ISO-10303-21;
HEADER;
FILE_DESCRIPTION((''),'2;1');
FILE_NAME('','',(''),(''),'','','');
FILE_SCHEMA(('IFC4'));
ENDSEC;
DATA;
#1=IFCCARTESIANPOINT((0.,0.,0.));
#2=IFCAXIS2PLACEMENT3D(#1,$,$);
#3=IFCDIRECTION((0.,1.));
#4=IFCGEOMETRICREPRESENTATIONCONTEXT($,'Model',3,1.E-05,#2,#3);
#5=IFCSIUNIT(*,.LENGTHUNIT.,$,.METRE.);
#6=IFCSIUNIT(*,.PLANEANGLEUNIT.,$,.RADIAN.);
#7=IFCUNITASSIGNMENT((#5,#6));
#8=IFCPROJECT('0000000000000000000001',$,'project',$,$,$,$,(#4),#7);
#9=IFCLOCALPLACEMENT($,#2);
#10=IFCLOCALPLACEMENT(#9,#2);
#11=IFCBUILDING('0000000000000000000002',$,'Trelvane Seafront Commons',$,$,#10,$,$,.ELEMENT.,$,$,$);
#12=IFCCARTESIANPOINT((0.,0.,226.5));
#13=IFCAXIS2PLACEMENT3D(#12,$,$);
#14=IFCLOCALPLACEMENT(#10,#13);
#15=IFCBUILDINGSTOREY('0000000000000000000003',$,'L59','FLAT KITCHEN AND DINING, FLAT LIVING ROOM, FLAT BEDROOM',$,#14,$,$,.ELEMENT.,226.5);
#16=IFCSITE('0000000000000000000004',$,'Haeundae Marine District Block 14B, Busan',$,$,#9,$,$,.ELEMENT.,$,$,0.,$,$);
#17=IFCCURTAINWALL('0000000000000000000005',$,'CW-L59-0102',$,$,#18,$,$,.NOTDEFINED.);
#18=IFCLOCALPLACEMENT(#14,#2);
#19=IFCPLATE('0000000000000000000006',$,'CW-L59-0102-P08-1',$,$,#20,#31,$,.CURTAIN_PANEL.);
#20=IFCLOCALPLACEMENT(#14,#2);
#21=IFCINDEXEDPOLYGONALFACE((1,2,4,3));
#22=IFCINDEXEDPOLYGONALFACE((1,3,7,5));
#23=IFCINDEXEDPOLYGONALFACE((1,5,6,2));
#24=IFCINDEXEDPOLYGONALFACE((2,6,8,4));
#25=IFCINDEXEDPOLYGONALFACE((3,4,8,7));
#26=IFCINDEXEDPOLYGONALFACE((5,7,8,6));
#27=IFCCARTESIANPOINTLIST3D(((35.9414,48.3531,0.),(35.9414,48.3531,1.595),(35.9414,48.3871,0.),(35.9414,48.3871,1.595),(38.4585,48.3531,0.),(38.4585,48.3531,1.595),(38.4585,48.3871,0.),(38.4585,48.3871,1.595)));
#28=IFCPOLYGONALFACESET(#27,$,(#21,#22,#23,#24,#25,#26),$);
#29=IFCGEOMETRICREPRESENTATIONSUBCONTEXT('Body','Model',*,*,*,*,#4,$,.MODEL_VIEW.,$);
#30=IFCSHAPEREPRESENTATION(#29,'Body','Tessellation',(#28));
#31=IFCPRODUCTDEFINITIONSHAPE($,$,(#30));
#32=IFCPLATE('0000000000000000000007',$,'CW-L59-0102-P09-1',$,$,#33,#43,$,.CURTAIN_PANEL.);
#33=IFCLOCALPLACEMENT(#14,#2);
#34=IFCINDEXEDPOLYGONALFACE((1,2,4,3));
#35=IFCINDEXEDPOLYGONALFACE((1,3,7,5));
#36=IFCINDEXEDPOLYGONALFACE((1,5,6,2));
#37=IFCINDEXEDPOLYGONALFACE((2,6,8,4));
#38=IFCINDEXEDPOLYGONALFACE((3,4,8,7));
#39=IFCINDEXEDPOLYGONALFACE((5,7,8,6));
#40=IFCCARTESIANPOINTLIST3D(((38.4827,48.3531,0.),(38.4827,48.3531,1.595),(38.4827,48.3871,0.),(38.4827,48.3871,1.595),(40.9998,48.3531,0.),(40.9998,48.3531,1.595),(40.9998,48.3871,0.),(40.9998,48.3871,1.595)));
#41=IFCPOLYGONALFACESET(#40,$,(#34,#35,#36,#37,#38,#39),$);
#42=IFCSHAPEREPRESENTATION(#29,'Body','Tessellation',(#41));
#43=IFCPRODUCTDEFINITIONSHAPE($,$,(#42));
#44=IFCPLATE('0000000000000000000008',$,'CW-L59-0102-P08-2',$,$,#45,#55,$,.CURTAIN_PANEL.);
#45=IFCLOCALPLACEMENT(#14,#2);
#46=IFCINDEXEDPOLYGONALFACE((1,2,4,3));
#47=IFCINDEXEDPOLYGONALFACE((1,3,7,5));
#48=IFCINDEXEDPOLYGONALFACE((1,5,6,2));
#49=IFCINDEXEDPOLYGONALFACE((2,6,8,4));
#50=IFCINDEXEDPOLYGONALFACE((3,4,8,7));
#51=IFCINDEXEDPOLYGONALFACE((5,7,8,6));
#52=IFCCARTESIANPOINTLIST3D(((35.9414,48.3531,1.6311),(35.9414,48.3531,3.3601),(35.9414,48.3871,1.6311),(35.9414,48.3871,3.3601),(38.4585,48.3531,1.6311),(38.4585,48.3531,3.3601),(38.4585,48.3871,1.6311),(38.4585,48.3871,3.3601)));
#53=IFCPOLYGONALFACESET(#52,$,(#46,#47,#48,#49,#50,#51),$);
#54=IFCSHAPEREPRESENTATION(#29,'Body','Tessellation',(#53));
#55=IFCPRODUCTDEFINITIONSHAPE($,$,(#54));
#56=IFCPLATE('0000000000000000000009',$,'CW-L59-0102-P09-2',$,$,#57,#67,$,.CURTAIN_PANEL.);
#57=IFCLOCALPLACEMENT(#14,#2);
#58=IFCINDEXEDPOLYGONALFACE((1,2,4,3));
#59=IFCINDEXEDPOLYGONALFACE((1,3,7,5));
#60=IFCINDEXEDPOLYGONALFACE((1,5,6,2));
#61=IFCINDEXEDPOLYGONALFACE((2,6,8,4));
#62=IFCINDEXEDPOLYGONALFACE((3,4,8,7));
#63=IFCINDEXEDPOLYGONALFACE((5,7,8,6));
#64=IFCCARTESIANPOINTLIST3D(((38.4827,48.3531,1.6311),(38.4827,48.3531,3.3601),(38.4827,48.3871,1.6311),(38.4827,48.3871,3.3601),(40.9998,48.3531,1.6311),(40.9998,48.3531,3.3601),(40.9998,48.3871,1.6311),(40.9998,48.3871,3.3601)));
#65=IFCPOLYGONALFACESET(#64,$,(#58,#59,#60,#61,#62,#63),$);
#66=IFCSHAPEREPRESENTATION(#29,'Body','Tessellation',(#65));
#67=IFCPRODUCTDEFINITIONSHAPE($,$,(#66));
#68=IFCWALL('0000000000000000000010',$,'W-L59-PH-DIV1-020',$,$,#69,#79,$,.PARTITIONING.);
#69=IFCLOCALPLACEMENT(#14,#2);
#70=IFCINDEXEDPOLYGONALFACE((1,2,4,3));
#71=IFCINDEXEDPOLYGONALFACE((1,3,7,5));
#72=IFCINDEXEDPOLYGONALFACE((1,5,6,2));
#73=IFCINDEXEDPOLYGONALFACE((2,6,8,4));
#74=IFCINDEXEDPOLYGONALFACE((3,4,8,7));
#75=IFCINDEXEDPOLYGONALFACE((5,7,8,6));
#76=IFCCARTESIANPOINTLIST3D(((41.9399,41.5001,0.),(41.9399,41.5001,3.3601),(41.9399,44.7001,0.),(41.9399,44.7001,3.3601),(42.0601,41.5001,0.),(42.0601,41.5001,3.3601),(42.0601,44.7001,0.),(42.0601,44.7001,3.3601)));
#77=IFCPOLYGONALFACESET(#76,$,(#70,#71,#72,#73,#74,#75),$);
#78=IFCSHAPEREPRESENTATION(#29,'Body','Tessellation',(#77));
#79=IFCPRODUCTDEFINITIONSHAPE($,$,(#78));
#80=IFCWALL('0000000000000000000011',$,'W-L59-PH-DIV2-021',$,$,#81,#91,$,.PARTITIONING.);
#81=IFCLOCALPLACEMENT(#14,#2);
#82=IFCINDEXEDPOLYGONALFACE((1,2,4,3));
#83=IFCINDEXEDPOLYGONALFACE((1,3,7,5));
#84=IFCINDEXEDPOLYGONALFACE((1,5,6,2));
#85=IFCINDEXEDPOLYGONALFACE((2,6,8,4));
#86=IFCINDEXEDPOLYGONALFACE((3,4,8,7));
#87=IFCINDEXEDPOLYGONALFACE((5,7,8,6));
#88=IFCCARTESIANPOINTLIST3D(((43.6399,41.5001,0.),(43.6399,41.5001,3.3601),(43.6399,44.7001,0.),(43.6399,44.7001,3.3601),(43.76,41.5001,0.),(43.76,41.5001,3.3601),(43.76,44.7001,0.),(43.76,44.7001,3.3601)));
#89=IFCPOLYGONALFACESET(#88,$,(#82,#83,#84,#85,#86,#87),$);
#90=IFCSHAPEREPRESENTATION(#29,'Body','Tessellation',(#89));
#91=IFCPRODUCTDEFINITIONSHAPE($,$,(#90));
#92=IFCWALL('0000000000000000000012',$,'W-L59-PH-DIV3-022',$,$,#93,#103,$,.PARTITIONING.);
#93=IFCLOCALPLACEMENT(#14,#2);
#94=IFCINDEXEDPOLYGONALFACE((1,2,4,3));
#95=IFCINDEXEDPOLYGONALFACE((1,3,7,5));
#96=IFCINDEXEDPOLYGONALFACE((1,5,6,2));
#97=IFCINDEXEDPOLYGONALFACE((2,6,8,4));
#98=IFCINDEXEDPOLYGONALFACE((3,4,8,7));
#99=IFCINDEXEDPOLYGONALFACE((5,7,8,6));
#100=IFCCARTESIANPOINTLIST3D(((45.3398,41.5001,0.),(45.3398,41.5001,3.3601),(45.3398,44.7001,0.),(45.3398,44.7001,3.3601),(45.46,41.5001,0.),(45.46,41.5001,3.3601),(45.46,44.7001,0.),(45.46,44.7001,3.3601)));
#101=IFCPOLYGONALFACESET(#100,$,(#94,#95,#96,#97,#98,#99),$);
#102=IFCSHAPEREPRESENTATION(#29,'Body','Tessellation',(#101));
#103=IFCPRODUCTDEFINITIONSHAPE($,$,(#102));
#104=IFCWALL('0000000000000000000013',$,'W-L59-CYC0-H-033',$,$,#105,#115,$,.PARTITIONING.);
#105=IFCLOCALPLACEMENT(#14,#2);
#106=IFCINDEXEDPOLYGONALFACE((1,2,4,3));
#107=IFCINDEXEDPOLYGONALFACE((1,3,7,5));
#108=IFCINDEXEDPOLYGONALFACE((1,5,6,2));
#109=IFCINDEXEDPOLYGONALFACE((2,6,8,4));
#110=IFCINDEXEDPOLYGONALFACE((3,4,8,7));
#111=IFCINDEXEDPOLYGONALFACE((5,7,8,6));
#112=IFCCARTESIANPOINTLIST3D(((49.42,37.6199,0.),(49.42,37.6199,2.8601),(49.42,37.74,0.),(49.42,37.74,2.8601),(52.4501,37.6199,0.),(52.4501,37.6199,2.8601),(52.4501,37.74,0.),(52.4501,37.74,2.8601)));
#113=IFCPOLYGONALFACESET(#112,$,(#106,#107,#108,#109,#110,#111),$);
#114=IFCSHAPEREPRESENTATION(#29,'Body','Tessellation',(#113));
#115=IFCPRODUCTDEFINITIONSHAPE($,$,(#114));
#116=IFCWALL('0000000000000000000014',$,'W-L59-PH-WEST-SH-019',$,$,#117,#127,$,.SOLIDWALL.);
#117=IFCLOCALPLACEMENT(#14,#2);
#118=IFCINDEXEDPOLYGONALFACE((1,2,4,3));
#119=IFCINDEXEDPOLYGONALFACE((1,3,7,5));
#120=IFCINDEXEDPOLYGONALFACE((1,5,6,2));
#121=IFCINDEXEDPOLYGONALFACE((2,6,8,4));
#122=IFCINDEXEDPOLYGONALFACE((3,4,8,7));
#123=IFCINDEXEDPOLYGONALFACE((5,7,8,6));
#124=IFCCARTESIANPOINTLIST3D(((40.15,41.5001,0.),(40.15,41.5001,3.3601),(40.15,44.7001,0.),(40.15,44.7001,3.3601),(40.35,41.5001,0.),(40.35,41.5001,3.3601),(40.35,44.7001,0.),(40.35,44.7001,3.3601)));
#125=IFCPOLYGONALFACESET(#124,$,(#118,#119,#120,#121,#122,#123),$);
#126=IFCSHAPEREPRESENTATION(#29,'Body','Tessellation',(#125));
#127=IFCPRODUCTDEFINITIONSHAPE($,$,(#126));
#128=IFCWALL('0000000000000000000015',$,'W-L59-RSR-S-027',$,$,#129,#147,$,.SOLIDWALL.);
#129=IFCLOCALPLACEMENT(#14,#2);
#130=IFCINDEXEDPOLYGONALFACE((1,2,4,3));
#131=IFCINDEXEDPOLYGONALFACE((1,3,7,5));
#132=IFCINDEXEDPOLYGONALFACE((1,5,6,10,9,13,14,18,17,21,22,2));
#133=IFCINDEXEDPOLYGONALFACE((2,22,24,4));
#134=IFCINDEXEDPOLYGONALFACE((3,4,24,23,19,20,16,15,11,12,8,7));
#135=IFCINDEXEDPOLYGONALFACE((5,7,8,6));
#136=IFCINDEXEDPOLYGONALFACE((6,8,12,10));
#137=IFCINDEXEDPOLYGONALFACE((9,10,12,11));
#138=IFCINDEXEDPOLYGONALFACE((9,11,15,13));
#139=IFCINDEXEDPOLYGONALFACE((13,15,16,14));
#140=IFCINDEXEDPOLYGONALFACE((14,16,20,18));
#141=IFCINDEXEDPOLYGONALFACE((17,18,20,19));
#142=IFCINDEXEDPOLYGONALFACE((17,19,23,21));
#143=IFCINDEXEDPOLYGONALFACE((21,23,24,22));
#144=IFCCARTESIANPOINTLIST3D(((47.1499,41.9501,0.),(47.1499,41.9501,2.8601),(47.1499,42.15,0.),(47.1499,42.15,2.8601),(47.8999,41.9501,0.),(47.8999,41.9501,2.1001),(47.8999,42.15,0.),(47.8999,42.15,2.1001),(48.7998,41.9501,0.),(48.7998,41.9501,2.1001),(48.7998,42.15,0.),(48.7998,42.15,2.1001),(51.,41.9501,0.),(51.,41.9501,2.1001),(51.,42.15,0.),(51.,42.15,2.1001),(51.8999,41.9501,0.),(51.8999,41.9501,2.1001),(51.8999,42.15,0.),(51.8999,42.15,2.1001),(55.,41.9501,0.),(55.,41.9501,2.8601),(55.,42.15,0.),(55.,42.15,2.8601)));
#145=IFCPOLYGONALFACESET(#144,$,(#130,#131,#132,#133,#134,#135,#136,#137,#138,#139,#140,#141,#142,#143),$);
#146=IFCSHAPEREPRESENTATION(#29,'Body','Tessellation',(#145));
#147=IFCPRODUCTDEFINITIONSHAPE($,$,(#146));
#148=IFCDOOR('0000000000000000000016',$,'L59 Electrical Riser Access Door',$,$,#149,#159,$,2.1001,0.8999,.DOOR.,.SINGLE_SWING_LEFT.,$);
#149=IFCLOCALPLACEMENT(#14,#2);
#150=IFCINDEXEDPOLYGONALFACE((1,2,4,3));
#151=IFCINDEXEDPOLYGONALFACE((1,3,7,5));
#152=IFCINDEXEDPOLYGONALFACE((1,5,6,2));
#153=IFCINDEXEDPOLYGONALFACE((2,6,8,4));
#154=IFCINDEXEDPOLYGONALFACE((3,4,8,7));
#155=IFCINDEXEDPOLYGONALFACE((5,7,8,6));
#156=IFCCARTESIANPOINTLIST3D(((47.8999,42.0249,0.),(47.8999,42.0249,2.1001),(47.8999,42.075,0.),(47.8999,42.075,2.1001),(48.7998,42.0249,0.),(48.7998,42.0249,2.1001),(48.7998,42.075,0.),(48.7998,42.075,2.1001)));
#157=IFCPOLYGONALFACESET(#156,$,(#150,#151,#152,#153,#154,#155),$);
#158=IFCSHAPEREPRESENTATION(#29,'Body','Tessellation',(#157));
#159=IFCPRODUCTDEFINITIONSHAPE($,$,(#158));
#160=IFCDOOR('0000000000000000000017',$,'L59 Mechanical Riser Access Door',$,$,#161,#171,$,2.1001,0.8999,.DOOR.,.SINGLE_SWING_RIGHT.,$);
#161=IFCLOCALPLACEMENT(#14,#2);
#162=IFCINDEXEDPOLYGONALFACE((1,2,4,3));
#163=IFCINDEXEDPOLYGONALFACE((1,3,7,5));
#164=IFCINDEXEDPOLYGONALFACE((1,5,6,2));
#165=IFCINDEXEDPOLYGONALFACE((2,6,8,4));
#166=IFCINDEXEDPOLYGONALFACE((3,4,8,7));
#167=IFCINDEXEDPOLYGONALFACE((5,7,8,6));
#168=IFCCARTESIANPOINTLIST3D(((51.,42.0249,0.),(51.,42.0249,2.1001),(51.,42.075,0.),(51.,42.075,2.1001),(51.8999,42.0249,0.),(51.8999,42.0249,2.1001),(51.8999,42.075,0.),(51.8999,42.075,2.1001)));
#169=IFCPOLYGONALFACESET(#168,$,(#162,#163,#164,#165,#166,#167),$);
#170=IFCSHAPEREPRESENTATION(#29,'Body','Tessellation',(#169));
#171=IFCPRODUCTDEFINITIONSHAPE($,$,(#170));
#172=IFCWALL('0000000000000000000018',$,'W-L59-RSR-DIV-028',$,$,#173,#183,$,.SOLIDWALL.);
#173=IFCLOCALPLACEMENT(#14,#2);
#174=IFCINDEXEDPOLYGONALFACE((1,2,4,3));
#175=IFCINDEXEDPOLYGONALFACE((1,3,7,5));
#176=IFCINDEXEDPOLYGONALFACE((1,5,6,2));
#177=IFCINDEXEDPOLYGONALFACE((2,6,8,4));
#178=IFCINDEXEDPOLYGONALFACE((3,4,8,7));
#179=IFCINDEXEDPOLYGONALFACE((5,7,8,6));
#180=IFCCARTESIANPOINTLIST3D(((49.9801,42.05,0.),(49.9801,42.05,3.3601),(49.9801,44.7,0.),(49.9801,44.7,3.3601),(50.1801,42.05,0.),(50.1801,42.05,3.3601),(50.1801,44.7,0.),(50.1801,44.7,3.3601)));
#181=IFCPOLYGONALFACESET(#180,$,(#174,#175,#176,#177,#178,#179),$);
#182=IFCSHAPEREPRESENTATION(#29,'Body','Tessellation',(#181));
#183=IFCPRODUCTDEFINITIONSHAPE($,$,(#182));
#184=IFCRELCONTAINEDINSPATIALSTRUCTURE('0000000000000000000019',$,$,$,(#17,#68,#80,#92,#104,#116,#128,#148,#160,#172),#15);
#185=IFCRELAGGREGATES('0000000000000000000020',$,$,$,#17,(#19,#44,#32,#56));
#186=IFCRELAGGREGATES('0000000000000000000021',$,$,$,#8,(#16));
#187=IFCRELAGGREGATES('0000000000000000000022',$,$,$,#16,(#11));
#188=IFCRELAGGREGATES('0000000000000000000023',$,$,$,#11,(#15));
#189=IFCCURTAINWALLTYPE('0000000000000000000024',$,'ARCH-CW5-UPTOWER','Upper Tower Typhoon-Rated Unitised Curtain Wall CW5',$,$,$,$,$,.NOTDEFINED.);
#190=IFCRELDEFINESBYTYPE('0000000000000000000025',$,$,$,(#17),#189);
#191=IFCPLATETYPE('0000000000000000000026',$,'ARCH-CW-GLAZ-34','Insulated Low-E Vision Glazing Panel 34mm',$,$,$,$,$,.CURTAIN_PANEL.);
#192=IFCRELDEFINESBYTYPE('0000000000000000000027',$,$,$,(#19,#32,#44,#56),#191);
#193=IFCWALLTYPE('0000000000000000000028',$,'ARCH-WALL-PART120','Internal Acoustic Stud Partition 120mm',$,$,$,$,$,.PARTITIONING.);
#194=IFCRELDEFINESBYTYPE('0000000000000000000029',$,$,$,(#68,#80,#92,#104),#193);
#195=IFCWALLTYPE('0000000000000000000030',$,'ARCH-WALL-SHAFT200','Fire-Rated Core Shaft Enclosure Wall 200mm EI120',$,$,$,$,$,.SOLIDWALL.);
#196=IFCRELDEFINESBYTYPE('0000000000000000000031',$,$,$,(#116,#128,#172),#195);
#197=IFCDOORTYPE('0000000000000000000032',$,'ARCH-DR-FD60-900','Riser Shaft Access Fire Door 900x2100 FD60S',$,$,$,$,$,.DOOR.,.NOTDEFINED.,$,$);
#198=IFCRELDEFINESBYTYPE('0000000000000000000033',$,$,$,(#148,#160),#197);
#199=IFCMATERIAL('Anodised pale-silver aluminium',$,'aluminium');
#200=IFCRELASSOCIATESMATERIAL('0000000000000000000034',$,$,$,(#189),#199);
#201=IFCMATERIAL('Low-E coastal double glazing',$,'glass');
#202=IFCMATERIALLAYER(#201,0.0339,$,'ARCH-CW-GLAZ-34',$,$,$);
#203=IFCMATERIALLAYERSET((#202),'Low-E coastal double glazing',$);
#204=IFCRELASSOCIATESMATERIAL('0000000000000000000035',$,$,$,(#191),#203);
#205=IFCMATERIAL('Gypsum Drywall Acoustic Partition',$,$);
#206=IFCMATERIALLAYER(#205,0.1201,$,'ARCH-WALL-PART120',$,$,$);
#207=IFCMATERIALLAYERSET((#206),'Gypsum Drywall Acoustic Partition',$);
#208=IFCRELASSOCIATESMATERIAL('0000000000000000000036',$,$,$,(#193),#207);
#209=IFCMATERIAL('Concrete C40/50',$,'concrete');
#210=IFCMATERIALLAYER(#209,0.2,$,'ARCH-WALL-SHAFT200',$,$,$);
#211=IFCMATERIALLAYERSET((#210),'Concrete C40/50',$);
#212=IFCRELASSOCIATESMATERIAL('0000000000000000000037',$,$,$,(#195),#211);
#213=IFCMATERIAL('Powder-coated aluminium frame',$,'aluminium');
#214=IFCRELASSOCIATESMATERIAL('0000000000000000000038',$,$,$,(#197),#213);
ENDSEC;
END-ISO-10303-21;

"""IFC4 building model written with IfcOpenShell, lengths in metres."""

from ifc_helpers import new_model, si_unit, direction, frame, frame_2d, origin, origin_2d, place, context, subcontext, project, spatial, rectangle, extrude, source, transform, mapped, material, layer, layer_set, type_object, element, fill, aggregate, save


model = new_model("IFC4")

# Units and contexts
model_context = context("Model", 3, precision=1e-05, world=origin(), true_north=direction((0.0, 1.0)))
body_context = subcontext(model_context, "Body", "Model", "MODEL_VIEW")
ifc_project = project(units=[si_unit("LENGTHUNIT", "METRE"), si_unit("PLANEANGLEUNIT", "RADIAN")], contexts=[model_context])

# Site, building, storey
site_placement = place(None, origin())
site = spatial("IfcSite", under=ifc_project, at=site_placement, Name="Haeundae Marine District Block 14B, Busan", CompositionType="ELEMENT", RefElevation=0.0)
building_placement = place(site_placement, origin())
building = spatial("IfcBuilding", under=site, at=building_placement, Name="Trelvane Seafront Commons", CompositionType="ELEMENT")
storey_placement = place(building_placement, frame((0.0, 0.0, 226.5)))
storey = spatial("IfcBuildingStorey", under=building, at=storey_placement, Name="L59", Description="FLAT KITCHEN AND DINING, FLAT LIVING ROOM, FLAT BEDROOM", CompositionType="ELEMENT", Elevation=226.5)

# Curtain wall, plates
ifc_material_1 = material(Name="Anodised pale-silver aluminium", Category="aluminium")
curtain_wall_type = type_object("IfcCurtainWallType", Name="ARCH-CW5-UPTOWER", Description="Upper Tower Typhoon-Rated Unitised Curtain Wall CW5", PredefinedType="NOTDEFINED", material=ifc_material_1)
curtain_wall_placement = place(storey_placement, origin())
curtain_wall = element("IfcCurtainWall", 1, at=curtain_wall_placement, inside=storey, type_object=curtain_wall_type, Name="CW-L59-0102", PredefinedType="NOTDEFINED")
ifc_material_2 = material(Name="Low-E coastal double glazing", Category="glass")
ifc_layer_1 = layer(ifc_material_2, 0.0339, Name="ARCH-CW-GLAZ-34")
ifc_layer_set_1 = layer_set([ifc_layer_1], Name="Low-E coastal double glazing")
plate_type = type_object("IfcPlateType", Name="ARCH-CW-GLAZ-34", Description="Insulated Low-E Vision Glazing Panel 34mm", PredefinedType="CURTAIN_PANEL", material=ifc_layer_set_1)
shared_shape_1 = source(origin(), body_context, "Body", "SweptSolid", [
    extrude(rectangle(XDim=2.5171, YDim=0.0339, at=origin_2d()), origin(), (0.0, 0.0, 1.0), 1.595),
])
plate_1_placement = place(storey_placement, frame((37.2, 48.3701, 0.0), z_axis=(0.0, 0.0, 1.0), x_axis=(1.0, 0.0, 0.0)))
plate_1 = element("IfcPlate", 2, at=plate_1_placement, type_object=plate_type, Name="CW-L59-0102-P08-1", PredefinedType="CURTAIN_PANEL", context=body_context, shape_type="MappedRepresentation", body=[
    mapped(shared_shape_1, transform((0.0, 0.0, 0.0), x_axis=(1.0, 0.0, 0.0), y_axis=(0.0, 1.0, 0.0), z_axis=(0.0, 0.0, 1.0), scale=1.0)),
])
plate_2_placement = place(storey_placement, frame((39.7412, 48.3701, 0.0), z_axis=(0.0, 0.0, 1.0), x_axis=(1.0, 0.0, 0.0)))
plate_2 = element("IfcPlate", 3, at=plate_2_placement, type_object=plate_type, Name="CW-L59-0102-P09-1", PredefinedType="CURTAIN_PANEL", context=body_context, shape_type="MappedRepresentation", body=[
    mapped(shared_shape_1, transform((0.0, 0.0, 0.0), x_axis=(1.0, 0.0, 0.0), y_axis=(0.0, 1.0, 0.0), z_axis=(0.0, 0.0, 1.0), scale=1.0)),
])
shared_shape_2 = source(origin(), body_context, "Body", "SweptSolid", [
    extrude(rectangle(XDim=2.5171, YDim=0.0339, at=origin_2d()), origin(), (0.0, 0.0, 1.0), 1.729),
])
plate_3_placement = place(storey_placement, frame((37.2, 48.3701, 1.6311), z_axis=(0.0, 0.0, 1.0), x_axis=(1.0, 0.0, 0.0)))
plate_3 = element("IfcPlate", 4, at=plate_3_placement, type_object=plate_type, Name="CW-L59-0102-P08-2", PredefinedType="CURTAIN_PANEL", context=body_context, shape_type="MappedRepresentation", body=[
    mapped(shared_shape_2, transform((0.0, 0.0, 0.0), x_axis=(1.0, 0.0, 0.0), y_axis=(0.0, 1.0, 0.0), z_axis=(0.0, 0.0, 1.0), scale=1.0)),
])
plate_4_placement = place(storey_placement, frame((39.7412, 48.3701, 1.6311), z_axis=(0.0, 0.0, 1.0), x_axis=(1.0, 0.0, 0.0)))
plate_4 = element("IfcPlate", 5, at=plate_4_placement, type_object=plate_type, Name="CW-L59-0102-P09-2", PredefinedType="CURTAIN_PANEL", context=body_context, shape_type="MappedRepresentation", body=[
    mapped(shared_shape_2, transform((0.0, 0.0, 0.0), x_axis=(1.0, 0.0, 0.0), y_axis=(0.0, 1.0, 0.0), z_axis=(0.0, 0.0, 1.0), scale=1.0)),
])
aggregate(curtain_wall, [plate_1, plate_3, plate_2, plate_4])

# Walls
ifc_material_3 = material(Name="Gypsum Drywall Acoustic Partition")
ifc_layer_2 = layer(ifc_material_3, 0.1201, Name="ARCH-WALL-PART120")
ifc_layer_set_2 = layer_set([ifc_layer_2], Name="Gypsum Drywall Acoustic Partition")
wall_type_1 = type_object("IfcWallType", Name="ARCH-WALL-PART120", Description="Internal Acoustic Stud Partition 120mm", PredefinedType="PARTITIONING", material=ifc_layer_set_2)
for number, where, z_axis, x_axis, name in (
    (6, (42.0, 41.5, 0.0), (0.0, 0.0, 1.0), (0.0, 1.0, 0.0), "W-L59-PH-DIV1-020"),
    (7, (43.7, 41.5, 0.0), (0.0, 0.0, 1.0), (0.0, 1.0, 0.0), "W-L59-PH-DIV2-021"),
    (8, (45.3999, 41.5, 0.0), (0.0, 0.0, 1.0), (0.0, 1.0, 0.0), "W-L59-PH-DIV3-022"),
):
    element("IfcWall", number, at=place(storey_placement, frame(where, z_axis=z_axis, x_axis=x_axis)), inside=storey, type_object=wall_type_1, Name=name, PredefinedType="PARTITIONING", context=body_context, shape_type="SweptSolid", body=[
        extrude(rectangle(XDim=3.2, YDim=0.1201, at=frame_2d((1.6001, 0.0))), origin(), (0.0, 0.0, 1.0), 3.3601),
    ])
wall_1_placement = place(storey_placement, frame((49.4199, 37.6799, 0.0), z_axis=(0.0, 0.0, 1.0), x_axis=(1.0, 0.0, 0.0)))
element("IfcWall", 9, at=wall_1_placement, inside=storey, type_object=wall_type_1, Name="W-L59-CYC0-H-033", PredefinedType="PARTITIONING", context=body_context, shape_type="SweptSolid", body=[
    extrude(rectangle(XDim=3.03, YDim=0.1201, at=frame_2d((1.5151, 0.0))), origin(), (0.0, 0.0, 1.0), 2.8601),
])

# Shared definitions
ifc_material_4 = material(Name="Concrete C40/50", Category="concrete")
ifc_layer_3 = layer(ifc_material_4, 0.2, Name="ARCH-WALL-SHAFT200")
ifc_layer_set_3 = layer_set([ifc_layer_3], Name="Concrete C40/50")
wall_type_2 = type_object("IfcWallType", Name="ARCH-WALL-SHAFT200", Description="Fire-Rated Core Shaft Enclosure Wall 200mm EI120", PredefinedType="SOLIDWALL", material=ifc_layer_set_3)

# Wall
wall_2_placement = place(storey_placement, frame((40.25, 41.5, 0.0), z_axis=(0.0, 0.0, 1.0), x_axis=(0.0, 1.0, 0.0)))
element("IfcWall", 10, at=wall_2_placement, inside=storey, type_object=wall_type_2, Name="W-L59-PH-WEST-SH-019", PredefinedType="SOLIDWALL", context=body_context, shape_type="SweptSolid", body=[
    extrude(rectangle(XDim=3.2, YDim=0.2, at=frame_2d((1.6001, 0.0))), origin(), (0.0, 0.0, 1.0), 3.3601),
])

# Wall, openings, doors
wall_3_placement = place(storey_placement, frame((47.1499, 42.05, 0.0), z_axis=(0.0, 0.0, 1.0), x_axis=(1.0, 0.0, 0.0)))
wall_3 = element("IfcWall", 11, at=wall_3_placement, inside=storey, type_object=wall_type_2, Name="W-L59-RSR-S-027", PredefinedType="SOLIDWALL", context=body_context, shape_type="SweptSolid", body=[
    extrude(rectangle(XDim=7.8501, YDim=0.2, at=frame_2d((3.925, 0.0))), origin(), (0.0, 0.0, 1.0), 2.8601),
])
opening_1_placement = place(wall_3_placement, frame((0.75, 0.0, 0.0)))
opening_1 = element("IfcOpeningElement", 12, at=opening_1_placement, cuts=wall_3, PredefinedType="OPENING", context=body_context, shape_type="SweptSolid", body=[
    extrude(rectangle(XDim=0.8999, YDim=2.1001, at=frame_2d((0.45, 1.05))), frame((0.0, 0.1099, 0.0), z_axis=(0.0, -1.0, 0.0), x_axis=(1.0, 0.0, 0.0)), (0.0, 0.0, 1.0), 0.22),
])
opening_2_placement = place(wall_3_placement, frame((3.8501, 0.0, 0.0)))
opening_2 = element("IfcOpeningElement", 13, at=opening_2_placement, cuts=wall_3, PredefinedType="OPENING", context=body_context, shape_type="SweptSolid", body=[
    extrude(rectangle(XDim=0.8999, YDim=2.1001, at=frame_2d((0.45, 1.05))), frame((0.0, 0.1099, 0.0), z_axis=(0.0, -1.0, 0.0), x_axis=(1.0, 0.0, 0.0)), (0.0, 0.0, 1.0), 0.22),
])
ifc_material_5 = material(Name="Powder-coated aluminium frame", Category="aluminium")
door_type_1 = type_object("IfcDoorType", Name="ARCH-DR-FD60-900", Description="Riser Shaft Access Fire Door 900x2100 FD60S", OperationType="NOTDEFINED", PredefinedType="DOOR", material=ifc_material_5)
shared_shape_3 = source(origin(), body_context, "Body", "SweptSolid", [
    extrude(rectangle(XDim=0.8999, YDim=2.1001, at=frame_2d((0.45, 1.05))), frame((0.0, 0.0249, 0.0), z_axis=(0.0, -1.0, 0.0), x_axis=(1.0, 0.0, 0.0)), (0.0, 0.0, 1.0), 0.05),
])
door_1_placement = place(opening_1_placement, origin())
door_1 = element("IfcDoor", 14, at=door_1_placement, inside=storey, type_object=door_type_1, Name="L59 Electrical Riser Access Door", OperationType="SINGLE_SWING_LEFT", OverallHeight=2.1001, OverallWidth=0.8999, PredefinedType="DOOR", context=body_context, shape_type="MappedRepresentation", body=[
    mapped(shared_shape_3, transform((0.0, 0.0, 0.0), x_axis=(1.0, 0.0, 0.0), y_axis=(0.0, 1.0, 0.0), z_axis=(0.0, 0.0, 1.0), scale=1.0)),
])
fill(opening_1, door_1)
door_2_placement = place(opening_2_placement, origin())
door_2 = element("IfcDoor", 15, at=door_2_placement, inside=storey, type_object=door_type_1, Name="L59 Mechanical Riser Access Door", OperationType="SINGLE_SWING_RIGHT", OverallHeight=2.1001, OverallWidth=0.8999, PredefinedType="DOOR", context=body_context, shape_type="MappedRepresentation", body=[
    mapped(shared_shape_3, transform((0.0, 0.0, 0.0), x_axis=(1.0, 0.0, 0.0), y_axis=(0.0, 1.0, 0.0), z_axis=(0.0, 0.0, 1.0), scale=1.0)),
])
fill(opening_2, door_2)

# Wall
wall_4_placement = place(storey_placement, frame((50.0801, 42.05, 0.0), z_axis=(0.0, 0.0, 1.0), x_axis=(0.0, 1.0, 0.0)))
element("IfcWall", 16, at=wall_4_placement, inside=storey, type_object=wall_type_2, Name="W-L59-RSR-DIV-028", PredefinedType="SOLIDWALL", context=body_context, shape_type="SweptSolid", body=[
    extrude(rectangle(XDim=2.6499, YDim=0.2, at=frame_2d((1.325, 0.0))), origin(), (0.0, 0.0, 1.0), 3.3601),
])

save(model, "model.ifc")
